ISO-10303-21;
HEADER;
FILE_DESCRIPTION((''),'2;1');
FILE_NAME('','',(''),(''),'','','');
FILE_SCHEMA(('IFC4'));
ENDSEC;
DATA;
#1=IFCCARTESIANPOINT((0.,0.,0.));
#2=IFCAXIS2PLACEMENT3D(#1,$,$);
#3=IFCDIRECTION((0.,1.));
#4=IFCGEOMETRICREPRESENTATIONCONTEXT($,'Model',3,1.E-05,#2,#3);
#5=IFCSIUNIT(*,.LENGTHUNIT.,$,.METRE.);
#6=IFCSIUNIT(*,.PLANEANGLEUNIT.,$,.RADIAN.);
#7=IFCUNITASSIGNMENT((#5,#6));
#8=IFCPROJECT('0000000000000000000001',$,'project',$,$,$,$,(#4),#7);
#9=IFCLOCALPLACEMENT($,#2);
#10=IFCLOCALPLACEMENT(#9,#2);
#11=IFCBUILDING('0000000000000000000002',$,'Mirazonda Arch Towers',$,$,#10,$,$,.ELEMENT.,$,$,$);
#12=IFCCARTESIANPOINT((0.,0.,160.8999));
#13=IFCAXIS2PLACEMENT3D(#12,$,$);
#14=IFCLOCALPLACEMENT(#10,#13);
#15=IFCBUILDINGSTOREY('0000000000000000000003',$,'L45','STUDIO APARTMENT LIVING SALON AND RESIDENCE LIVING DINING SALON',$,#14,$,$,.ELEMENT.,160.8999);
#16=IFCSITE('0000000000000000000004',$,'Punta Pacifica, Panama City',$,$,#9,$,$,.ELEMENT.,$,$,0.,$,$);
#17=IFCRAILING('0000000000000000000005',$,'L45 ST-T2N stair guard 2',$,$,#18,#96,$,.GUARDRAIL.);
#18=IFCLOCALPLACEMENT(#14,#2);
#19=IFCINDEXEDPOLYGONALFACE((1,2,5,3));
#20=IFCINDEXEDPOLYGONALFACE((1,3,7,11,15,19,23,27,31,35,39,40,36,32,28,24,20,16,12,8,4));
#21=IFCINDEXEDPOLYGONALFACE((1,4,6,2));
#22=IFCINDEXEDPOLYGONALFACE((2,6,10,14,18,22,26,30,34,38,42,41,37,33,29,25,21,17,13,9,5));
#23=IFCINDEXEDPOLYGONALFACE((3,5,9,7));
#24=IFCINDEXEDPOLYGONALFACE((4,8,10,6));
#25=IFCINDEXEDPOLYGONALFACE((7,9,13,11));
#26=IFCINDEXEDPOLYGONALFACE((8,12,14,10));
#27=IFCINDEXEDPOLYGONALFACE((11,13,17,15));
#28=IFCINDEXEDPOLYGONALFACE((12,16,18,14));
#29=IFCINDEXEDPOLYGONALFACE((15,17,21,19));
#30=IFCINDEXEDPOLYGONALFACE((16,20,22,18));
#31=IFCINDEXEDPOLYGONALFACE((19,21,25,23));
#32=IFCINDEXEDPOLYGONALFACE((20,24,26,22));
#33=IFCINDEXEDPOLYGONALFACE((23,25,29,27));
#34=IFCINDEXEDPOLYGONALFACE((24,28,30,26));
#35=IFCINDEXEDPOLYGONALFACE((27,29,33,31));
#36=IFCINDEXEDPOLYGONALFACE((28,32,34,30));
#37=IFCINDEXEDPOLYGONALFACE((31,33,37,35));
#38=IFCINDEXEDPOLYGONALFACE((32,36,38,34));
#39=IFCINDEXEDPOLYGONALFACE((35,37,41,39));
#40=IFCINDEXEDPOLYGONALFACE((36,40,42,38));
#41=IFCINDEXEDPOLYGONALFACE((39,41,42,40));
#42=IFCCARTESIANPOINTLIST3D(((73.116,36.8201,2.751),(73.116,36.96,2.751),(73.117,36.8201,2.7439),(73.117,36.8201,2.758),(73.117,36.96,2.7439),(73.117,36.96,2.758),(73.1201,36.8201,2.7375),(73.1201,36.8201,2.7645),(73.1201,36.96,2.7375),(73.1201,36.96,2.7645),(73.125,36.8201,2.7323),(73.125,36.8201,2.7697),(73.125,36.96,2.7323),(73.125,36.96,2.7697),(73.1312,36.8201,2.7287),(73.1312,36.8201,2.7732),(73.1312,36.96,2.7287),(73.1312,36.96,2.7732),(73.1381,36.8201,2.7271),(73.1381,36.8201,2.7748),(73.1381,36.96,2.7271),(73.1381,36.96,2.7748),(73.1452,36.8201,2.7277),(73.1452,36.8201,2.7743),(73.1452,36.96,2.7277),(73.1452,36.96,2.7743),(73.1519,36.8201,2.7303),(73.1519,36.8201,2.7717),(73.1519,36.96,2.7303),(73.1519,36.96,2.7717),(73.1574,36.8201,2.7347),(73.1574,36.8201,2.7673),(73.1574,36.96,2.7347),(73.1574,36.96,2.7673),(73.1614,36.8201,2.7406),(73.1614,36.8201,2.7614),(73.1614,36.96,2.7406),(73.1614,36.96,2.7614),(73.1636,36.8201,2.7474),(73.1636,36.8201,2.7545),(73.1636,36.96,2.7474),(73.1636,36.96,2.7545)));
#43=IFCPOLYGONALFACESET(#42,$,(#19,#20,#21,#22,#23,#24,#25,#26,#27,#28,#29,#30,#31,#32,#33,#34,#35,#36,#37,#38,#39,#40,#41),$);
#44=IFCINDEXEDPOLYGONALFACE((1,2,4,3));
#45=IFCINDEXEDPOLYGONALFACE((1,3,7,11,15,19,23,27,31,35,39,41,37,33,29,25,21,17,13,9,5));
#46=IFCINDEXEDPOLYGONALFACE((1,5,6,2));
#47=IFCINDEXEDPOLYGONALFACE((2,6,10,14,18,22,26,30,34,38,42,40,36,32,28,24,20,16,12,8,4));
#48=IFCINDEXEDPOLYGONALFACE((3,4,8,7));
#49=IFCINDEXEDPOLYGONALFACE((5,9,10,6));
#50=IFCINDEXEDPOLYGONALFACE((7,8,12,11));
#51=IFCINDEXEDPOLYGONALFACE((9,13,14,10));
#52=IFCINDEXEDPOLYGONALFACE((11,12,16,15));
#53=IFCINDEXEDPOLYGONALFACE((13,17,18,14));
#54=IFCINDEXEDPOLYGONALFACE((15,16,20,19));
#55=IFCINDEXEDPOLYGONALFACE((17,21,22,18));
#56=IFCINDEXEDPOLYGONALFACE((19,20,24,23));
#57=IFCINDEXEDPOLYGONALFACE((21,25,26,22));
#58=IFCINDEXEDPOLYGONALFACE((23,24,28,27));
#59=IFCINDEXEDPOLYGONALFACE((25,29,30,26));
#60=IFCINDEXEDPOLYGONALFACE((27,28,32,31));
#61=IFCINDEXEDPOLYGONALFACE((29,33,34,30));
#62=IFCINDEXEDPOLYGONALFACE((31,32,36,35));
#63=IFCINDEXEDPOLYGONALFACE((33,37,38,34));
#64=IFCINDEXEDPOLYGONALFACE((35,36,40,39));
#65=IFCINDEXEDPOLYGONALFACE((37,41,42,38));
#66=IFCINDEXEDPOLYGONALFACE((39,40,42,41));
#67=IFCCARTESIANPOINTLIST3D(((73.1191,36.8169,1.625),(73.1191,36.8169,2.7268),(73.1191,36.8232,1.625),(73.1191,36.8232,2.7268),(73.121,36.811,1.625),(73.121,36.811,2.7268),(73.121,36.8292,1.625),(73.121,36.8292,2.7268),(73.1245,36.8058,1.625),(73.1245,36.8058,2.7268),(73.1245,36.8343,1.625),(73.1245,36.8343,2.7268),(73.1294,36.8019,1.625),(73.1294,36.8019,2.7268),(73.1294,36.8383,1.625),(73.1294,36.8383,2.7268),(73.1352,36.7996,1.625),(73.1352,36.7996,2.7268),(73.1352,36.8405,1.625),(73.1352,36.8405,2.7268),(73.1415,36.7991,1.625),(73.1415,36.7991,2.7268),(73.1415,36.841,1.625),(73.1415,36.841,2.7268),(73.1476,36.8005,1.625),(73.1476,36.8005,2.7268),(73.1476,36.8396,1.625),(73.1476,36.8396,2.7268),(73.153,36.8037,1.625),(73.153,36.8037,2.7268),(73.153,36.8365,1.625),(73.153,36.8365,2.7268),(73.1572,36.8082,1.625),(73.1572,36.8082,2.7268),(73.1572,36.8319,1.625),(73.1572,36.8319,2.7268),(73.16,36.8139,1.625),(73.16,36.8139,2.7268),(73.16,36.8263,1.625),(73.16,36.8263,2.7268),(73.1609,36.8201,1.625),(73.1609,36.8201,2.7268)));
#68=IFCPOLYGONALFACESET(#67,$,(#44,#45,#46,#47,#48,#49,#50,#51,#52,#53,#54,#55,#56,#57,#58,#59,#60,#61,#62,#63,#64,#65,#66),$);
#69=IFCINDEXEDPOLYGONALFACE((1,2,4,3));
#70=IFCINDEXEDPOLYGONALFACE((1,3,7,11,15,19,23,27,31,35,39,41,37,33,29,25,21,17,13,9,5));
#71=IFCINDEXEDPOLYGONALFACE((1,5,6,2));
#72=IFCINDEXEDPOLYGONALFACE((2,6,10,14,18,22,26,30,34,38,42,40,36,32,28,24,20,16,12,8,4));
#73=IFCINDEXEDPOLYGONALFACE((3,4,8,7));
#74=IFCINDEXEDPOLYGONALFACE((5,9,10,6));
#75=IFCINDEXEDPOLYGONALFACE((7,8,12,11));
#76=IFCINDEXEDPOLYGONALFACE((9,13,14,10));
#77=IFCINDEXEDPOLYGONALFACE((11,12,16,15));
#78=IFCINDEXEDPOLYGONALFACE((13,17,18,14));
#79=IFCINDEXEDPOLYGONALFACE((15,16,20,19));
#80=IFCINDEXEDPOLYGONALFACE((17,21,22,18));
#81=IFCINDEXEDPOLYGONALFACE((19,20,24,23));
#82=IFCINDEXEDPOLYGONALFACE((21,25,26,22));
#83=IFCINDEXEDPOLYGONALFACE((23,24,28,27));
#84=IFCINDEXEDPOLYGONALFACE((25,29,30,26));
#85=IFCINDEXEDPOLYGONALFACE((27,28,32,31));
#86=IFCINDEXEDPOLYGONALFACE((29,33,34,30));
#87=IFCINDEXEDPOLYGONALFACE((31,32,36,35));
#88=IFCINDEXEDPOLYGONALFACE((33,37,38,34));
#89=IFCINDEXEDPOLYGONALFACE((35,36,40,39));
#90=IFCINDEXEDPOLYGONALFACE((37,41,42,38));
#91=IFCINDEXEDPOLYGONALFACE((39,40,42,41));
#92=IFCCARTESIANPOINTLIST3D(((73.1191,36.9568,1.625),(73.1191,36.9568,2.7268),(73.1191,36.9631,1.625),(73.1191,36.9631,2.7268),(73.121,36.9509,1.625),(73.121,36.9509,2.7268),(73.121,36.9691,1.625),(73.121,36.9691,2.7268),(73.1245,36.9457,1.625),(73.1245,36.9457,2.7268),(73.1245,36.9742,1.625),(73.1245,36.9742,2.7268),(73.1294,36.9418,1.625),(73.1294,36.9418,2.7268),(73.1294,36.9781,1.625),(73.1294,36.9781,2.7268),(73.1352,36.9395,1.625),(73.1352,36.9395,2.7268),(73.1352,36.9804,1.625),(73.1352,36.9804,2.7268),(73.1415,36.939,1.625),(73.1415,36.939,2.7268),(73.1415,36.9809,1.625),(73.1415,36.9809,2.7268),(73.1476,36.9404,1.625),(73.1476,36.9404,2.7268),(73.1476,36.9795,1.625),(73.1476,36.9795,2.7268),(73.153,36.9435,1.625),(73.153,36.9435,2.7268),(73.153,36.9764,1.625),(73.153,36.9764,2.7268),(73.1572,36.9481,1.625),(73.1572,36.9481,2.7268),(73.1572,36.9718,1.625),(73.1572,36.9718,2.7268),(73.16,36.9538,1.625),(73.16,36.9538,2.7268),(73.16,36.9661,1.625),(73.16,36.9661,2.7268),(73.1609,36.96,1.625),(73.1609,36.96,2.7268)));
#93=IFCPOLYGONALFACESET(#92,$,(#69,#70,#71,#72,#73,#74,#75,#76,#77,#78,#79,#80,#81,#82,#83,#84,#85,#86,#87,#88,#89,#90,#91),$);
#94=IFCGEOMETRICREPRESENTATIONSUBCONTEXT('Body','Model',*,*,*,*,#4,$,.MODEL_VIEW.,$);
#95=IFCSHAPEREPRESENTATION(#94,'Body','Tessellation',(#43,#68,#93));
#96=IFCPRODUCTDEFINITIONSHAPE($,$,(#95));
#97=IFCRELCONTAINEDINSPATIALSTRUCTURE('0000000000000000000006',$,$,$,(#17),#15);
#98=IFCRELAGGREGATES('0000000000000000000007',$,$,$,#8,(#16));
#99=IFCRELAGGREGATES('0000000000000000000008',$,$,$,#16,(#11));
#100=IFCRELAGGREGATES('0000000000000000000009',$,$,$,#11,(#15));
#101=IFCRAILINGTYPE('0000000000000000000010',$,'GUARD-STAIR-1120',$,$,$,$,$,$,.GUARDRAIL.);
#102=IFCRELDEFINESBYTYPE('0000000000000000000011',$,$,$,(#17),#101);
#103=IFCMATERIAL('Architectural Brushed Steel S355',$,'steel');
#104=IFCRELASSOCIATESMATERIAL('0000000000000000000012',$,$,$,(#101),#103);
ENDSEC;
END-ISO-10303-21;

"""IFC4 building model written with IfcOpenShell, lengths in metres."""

from ifc_helpers import new_model, si_unit, direction, frame, origin, origin_2d, place, context, subcontext, project, spatial, circle, extrude, material, type_object, element, save


model = new_model("IFC4")

# Units and contexts
model_context = context("Model", 3, precision=1e-05, world=origin(), true_north=direction((0.0, 1.0)))
body_context = subcontext(model_context, "Body", "Model", "MODEL_VIEW")
ifc_project = project(units=[si_unit("LENGTHUNIT", "METRE"), si_unit("PLANEANGLEUNIT", "RADIAN")], contexts=[model_context])

# Site, building, storey
site_placement = place(None, origin())
site = spatial("IfcSite", under=ifc_project, at=site_placement, Name="Punta Pacifica, Panama City", CompositionType="ELEMENT", RefElevation=0.0)
building_placement = place(site_placement, origin())
building = spatial("IfcBuilding", under=site, at=building_placement, Name="Mirazonda Arch Towers", CompositionType="ELEMENT")
storey_placement = place(building_placement, frame((0.0, 0.0, 160.8999)))
storey = spatial("IfcBuildingStorey", under=building, at=storey_placement, Name="L45", Description="STUDIO APARTMENT LIVING SALON AND RESIDENCE LIVING DINING SALON", CompositionType="ELEMENT", Elevation=160.8999)

# Shared definitions
ifc_material_1 = material(Name="Architectural Brushed Steel S355", Category="steel")

# Railing
railing_type_1 = type_object("IfcRailingType", Name="GUARD-STAIR-1120", PredefinedType="GUARDRAIL", material=ifc_material_1)
railing_1_placement = place(storey_placement, frame((73.1399, 36.8201, 1.625)))
element("IfcRailing", 1, at=railing_1_placement, inside=storey, type_object=railing_type_1, Name="L45 ST-T2N stair guard 2", PredefinedType="GUARDRAIL", context=body_context, shape_type="SweptSolid", body=[
    extrude(circle(Radius=0.0239, at=origin_2d()), frame((0.0, 0.0, 1.126), z_axis=(0.0, 1.0, 0.0), x_axis=(-1.0, 0.0, 0.0)), (0.0, 0.0, 1.0), 0.1399),
    extrude(circle(Radius=0.021, at=origin_2d()), origin(), (0.0, 0.0, 1.0), 1.1018),
    extrude(circle(Radius=0.021, at=origin_2d()), frame((0.0, 0.1399, 0.0)), (0.0, 0.0, 1.0), 1.1018),
])

save(model, "model.ifc")
